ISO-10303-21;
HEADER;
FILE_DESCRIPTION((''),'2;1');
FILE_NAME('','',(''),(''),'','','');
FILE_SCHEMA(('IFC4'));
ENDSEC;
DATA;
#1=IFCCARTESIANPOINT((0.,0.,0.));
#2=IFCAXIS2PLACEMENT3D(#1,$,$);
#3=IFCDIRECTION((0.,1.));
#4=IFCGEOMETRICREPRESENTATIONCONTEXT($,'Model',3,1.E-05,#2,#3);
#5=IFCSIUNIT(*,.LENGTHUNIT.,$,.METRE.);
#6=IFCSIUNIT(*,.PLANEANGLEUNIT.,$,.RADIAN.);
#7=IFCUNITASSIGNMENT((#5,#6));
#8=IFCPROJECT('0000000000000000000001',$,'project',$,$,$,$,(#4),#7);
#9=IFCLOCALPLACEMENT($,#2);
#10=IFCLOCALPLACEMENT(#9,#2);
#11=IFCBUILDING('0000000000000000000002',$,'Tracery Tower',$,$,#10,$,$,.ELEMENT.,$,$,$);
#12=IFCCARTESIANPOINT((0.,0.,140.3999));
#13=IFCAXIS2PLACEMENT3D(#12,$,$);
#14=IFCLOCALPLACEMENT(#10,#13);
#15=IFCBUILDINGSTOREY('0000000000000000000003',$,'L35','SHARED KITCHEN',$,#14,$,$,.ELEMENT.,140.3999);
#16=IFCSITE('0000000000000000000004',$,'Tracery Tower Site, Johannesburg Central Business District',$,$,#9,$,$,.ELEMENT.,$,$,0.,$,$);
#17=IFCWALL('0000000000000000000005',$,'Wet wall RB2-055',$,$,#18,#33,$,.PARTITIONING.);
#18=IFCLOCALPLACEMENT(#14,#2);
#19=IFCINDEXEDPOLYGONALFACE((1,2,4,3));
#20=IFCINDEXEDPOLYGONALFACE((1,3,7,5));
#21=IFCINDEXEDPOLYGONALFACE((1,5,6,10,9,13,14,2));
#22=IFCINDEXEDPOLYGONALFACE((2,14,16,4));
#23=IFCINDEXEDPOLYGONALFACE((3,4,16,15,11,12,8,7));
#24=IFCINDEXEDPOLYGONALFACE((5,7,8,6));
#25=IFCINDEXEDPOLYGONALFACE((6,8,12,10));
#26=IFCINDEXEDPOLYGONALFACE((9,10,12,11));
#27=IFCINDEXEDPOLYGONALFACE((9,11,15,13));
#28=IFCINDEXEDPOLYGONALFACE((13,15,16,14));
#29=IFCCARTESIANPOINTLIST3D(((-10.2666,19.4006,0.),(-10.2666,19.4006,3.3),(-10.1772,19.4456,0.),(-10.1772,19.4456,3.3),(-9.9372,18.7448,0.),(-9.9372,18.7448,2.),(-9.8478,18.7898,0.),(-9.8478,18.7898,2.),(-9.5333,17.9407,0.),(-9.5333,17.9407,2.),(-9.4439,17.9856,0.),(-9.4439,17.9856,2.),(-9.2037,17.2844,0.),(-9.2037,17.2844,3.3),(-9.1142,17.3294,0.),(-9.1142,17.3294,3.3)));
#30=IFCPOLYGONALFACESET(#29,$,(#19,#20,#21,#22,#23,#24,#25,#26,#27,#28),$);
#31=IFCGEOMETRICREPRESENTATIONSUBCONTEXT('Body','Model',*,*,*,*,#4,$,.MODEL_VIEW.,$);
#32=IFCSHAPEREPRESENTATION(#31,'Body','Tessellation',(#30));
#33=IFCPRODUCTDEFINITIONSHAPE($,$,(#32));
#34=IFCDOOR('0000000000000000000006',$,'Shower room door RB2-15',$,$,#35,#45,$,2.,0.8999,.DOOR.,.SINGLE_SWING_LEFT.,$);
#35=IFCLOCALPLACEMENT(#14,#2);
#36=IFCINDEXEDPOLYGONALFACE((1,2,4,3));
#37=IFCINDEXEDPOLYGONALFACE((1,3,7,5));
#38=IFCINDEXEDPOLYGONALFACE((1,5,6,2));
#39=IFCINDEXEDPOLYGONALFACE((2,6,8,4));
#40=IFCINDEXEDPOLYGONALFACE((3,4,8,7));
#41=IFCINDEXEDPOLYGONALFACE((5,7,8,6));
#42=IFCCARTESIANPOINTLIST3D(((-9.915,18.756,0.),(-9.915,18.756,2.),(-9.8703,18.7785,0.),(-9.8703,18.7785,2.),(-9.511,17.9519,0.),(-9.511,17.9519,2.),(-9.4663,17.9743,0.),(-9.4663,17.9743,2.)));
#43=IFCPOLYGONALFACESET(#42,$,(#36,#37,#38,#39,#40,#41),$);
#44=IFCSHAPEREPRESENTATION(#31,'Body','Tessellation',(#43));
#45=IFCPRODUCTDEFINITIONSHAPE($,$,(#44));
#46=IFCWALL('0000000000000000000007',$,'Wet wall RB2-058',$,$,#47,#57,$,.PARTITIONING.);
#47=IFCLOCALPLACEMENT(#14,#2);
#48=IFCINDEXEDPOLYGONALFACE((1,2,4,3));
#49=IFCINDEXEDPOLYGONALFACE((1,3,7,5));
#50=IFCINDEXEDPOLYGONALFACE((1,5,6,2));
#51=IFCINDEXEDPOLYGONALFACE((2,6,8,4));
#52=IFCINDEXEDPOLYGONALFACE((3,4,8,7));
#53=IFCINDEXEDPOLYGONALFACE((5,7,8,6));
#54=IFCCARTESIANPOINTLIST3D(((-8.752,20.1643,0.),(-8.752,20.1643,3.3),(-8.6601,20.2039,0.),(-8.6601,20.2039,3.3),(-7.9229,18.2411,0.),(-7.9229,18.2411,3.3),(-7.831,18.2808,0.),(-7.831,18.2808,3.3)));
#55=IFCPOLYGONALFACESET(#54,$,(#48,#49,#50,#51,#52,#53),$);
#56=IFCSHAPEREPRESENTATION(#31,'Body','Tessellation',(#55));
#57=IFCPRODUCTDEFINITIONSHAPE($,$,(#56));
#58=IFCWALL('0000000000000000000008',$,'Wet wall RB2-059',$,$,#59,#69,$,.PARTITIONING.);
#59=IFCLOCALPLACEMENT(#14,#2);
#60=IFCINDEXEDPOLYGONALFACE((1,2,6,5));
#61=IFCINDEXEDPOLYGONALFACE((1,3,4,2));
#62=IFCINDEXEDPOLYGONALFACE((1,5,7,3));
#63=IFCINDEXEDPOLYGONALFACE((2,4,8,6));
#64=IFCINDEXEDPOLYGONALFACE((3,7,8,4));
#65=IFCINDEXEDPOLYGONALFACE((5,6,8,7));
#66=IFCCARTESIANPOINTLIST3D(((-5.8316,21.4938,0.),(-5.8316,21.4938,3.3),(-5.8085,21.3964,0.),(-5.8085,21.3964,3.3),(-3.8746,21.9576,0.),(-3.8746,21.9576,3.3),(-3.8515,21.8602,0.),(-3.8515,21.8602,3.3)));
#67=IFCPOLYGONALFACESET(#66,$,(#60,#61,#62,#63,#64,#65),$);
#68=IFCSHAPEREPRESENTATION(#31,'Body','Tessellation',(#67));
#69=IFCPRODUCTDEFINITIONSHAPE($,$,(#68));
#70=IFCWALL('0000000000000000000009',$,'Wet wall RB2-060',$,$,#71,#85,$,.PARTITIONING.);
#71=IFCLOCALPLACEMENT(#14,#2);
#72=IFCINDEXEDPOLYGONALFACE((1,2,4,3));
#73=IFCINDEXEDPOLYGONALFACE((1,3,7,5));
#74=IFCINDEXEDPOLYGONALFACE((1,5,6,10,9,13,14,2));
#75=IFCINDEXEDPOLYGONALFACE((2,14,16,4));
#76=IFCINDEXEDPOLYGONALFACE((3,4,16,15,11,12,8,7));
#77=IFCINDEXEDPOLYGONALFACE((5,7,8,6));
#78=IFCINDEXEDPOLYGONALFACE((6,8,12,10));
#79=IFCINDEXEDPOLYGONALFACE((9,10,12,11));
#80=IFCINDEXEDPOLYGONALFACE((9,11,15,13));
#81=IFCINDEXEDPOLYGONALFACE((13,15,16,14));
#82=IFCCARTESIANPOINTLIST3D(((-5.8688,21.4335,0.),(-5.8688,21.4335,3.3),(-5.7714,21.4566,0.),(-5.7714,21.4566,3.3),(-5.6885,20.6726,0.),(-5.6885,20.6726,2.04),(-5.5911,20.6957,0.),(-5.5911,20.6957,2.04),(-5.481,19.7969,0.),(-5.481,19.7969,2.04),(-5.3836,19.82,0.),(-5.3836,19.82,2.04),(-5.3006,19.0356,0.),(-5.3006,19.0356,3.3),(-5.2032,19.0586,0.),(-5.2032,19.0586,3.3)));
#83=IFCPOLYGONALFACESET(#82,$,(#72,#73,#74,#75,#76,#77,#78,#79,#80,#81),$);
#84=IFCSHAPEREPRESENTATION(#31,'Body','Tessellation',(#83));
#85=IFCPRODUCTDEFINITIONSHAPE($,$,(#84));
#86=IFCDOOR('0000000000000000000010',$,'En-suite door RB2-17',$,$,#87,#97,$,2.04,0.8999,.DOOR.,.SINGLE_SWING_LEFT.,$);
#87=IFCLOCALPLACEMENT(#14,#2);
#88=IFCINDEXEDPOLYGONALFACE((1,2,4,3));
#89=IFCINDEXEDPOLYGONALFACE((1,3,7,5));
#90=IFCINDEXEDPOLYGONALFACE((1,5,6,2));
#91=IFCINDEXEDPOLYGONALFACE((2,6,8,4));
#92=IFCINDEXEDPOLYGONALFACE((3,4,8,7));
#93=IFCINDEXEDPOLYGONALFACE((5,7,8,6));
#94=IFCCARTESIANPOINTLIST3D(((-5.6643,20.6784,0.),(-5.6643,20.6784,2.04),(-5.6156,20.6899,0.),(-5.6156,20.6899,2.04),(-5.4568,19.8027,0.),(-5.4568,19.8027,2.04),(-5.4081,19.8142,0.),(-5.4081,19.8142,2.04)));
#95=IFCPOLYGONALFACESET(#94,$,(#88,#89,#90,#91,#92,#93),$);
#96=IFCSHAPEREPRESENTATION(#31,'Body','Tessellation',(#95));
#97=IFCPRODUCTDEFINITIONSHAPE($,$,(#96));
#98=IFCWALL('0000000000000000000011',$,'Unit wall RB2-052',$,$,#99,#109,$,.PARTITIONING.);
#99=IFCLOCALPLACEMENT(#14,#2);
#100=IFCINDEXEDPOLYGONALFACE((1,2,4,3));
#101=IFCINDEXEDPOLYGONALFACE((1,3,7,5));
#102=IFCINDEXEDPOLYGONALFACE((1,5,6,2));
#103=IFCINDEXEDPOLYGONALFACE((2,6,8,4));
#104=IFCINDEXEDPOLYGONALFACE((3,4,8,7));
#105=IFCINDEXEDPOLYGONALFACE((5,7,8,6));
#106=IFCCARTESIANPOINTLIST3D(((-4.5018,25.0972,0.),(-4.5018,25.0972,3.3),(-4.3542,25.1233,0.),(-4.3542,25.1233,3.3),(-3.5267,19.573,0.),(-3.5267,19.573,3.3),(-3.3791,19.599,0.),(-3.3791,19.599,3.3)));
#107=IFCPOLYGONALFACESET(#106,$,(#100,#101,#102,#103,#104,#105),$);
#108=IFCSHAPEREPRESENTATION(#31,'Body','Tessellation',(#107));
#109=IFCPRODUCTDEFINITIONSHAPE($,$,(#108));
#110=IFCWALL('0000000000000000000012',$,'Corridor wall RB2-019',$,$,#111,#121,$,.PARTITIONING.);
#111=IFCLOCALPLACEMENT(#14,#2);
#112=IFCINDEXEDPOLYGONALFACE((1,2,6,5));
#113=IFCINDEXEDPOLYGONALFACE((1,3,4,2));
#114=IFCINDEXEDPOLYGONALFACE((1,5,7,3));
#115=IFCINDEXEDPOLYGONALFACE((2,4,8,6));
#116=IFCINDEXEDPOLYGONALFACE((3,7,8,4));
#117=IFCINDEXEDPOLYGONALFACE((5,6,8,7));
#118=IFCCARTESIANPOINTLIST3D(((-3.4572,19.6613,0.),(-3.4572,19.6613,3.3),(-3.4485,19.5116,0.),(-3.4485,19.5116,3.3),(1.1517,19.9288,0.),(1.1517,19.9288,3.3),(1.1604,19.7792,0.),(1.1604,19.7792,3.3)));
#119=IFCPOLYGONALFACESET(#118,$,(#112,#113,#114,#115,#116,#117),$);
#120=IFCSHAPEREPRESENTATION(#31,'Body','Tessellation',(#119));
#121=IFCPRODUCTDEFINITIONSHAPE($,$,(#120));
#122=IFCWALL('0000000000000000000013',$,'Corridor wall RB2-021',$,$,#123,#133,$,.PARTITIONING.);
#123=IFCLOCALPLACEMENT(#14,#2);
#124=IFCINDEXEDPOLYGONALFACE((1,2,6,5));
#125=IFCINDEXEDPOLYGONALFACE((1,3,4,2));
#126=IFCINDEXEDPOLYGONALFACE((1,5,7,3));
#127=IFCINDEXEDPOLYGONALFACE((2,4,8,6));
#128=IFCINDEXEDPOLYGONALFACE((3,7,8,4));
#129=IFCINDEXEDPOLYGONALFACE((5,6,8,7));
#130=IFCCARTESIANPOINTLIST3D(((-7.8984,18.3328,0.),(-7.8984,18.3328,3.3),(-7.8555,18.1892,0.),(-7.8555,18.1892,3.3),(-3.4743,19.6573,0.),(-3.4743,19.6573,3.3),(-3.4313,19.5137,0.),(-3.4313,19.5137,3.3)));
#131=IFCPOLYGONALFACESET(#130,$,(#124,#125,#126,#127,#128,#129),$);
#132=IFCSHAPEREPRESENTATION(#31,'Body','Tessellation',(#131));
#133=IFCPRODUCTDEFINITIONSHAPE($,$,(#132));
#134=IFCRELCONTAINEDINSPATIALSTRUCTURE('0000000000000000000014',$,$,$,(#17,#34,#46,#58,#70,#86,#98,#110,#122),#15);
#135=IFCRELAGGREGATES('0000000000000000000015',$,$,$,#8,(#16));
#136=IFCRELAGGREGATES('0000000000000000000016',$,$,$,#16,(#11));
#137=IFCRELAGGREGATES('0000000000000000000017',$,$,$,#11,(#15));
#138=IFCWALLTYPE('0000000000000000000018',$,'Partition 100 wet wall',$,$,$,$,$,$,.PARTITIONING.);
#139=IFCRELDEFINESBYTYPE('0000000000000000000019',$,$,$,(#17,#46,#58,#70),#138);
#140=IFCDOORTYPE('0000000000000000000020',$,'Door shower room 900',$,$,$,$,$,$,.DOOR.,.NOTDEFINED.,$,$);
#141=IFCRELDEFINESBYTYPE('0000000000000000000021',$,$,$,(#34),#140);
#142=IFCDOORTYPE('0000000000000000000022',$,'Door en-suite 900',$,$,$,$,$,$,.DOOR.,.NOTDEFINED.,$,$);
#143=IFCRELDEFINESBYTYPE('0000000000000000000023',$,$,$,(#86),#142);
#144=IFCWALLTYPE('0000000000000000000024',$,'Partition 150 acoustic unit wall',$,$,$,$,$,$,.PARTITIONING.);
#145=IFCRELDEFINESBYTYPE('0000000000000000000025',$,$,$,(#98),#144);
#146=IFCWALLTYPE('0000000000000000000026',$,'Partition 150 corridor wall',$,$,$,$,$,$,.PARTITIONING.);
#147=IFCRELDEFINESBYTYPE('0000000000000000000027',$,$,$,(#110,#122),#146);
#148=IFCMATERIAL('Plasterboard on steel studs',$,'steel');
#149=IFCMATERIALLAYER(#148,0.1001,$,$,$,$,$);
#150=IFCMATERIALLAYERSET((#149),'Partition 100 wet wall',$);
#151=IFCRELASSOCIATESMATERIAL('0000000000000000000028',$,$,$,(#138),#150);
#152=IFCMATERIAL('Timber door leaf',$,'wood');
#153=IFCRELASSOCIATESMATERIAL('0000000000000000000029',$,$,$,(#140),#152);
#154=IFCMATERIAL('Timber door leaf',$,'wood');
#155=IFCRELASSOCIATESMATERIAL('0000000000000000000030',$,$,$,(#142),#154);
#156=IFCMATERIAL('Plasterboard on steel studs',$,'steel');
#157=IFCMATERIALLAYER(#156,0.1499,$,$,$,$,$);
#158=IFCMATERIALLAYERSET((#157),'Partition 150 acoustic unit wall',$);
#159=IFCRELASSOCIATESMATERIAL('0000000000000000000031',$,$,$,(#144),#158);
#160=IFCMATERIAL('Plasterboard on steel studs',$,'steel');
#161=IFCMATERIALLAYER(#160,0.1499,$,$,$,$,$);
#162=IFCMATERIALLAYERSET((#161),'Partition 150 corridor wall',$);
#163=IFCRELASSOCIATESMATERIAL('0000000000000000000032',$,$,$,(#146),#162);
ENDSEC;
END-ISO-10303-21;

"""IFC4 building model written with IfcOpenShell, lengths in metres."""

from ifc_helpers import new_model, si_unit, direction, frame, frame_2d, origin, place, context, subcontext, project, spatial, rectangle, extrude, material, layer, layer_set, type_object, element, fill, save


model = new_model("IFC4")

# Units and contexts
model_context = context("Model", 3, precision=1e-05, world=origin(), true_north=direction((0.0, 1.0)))
body_context = subcontext(model_context, "Body", "Model", "MODEL_VIEW")
ifc_project = project(units=[si_unit("LENGTHUNIT", "METRE"), si_unit("PLANEANGLEUNIT", "RADIAN")], contexts=[model_context])

# Site, building, storey
site_placement = place(None, origin())
site = spatial("IfcSite", under=ifc_project, at=site_placement, Name="Tracery Tower Site, Johannesburg Central Business District", CompositionType="ELEMENT", RefElevation=0.0)
building_placement = place(site_placement, origin())
building = spatial("IfcBuilding", under=site, at=building_placement, Name="Tracery Tower", CompositionType="ELEMENT")
storey_placement = place(building_placement, frame((0.0, 0.0, 140.3999)))
storey = spatial("IfcBuildingStorey", under=building, at=storey_placement, Name="L35", Description="SHARED KITCHEN", CompositionType="ELEMENT", Elevation=140.3999)

# Shared definitions
ifc_material_1 = material(Name="Plasterboard on steel studs", Category="steel")
ifc_layer_1 = layer(ifc_material_1, 0.1001)
ifc_layer_set_1 = layer_set([ifc_layer_1], Name="Partition 100 wet wall")
wall_type_1 = type_object("IfcWallType", Name="Partition 100 wet wall", PredefinedType="PARTITIONING", material=ifc_layer_set_1)

# Wall, opening, door
wall_1_placement = place(storey_placement, frame((-10.2219, 19.4231, 0.0), z_axis=(0.0, 0.0, 1.0), x_axis=(0.448862, -0.893601, 0.0)))
wall_1 = element("IfcWall", 1, at=wall_1_placement, inside=storey, type_object=wall_type_1, Name="Wet wall RB2-055", PredefinedType="PARTITIONING", context=body_context, shape_type="SweptSolid", body=[
    extrude(rectangle(XDim=2.3682, YDim=0.1001, at=frame_2d((1.1841, 0.0))), origin(), (0.0, 0.0, 1.0), 3.3),
])
opening_1_placement = place(wall_1_placement, frame((0.7339, 0.0, 0.0)))
opening_1 = element("IfcOpeningElement", 2, at=opening_1_placement, cuts=wall_1, PredefinedType="OPENING", context=body_context, shape_type="SweptSolid", body=[
    extrude(rectangle(XDim=0.8999, YDim=2.0, at=frame_2d((0.45, 1.0))), frame((0.0, 0.05, 0.0), z_axis=(0.0, -1.0, 0.0), x_axis=(1.0, 0.0, 0.0)), (0.0, 0.0, 1.0), 0.1001),
])
ifc_material_2 = material(Name="Timber door leaf", Category="wood")
door_type_1 = type_object("IfcDoorType", Name="Door shower room 900", OperationType="NOTDEFINED", PredefinedType="DOOR", material=ifc_material_2)
door_1_placement = place(opening_1_placement, origin())
door_1 = element("IfcDoor", 3, at=door_1_placement, inside=storey, type_object=door_type_1, Name="Shower room door RB2-15", OperationType="SINGLE_SWING_LEFT", OverallHeight=2.0, OverallWidth=0.8999, PredefinedType="DOOR", context=body_context, shape_type="SweptSolid", body=[
    extrude(rectangle(XDim=0.8999, YDim=2.0, at=frame_2d((0.45, 1.0))), frame((0.0, 0.0249, 0.0), z_axis=(0.0, -1.0, 0.0), x_axis=(1.0, 0.0, 0.0)), (0.0, 0.0, 1.0), 0.05),
])
fill(opening_1, door_1)

# Walls
wall_2_placement = place(storey_placement, frame((-8.7061, 20.1841, 0.0), z_axis=(0.0, 0.0, 1.0), x_axis=(0.395902, -0.918293, 0.0)))
element("IfcWall", 4, at=wall_2_placement, inside=storey, type_object=wall_type_1, Name="Wet wall RB2-058", PredefinedType="PARTITIONING", context=body_context, shape_type="SweptSolid", body=[
    extrude(rectangle(XDim=2.0942, YDim=0.1001, at=frame_2d((1.0471, 0.0))), origin(), (0.0, 0.0, 1.0), 3.3),
])
wall_3_placement = place(storey_placement, frame((-5.8201, 21.4451, 0.0), z_axis=(0.0, 0.0, 1.0), x_axis=(0.97304, 0.230636, 0.0)))
element("IfcWall", 5, at=wall_3_placement, inside=storey, type_object=wall_type_1, Name="Wet wall RB2-059", PredefinedType="PARTITIONING", context=body_context, shape_type="SweptSolid", body=[
    extrude(rectangle(XDim=2.0112, YDim=0.1001, at=frame_2d((1.0056, 0.0))), origin(), (0.0, 0.0, 1.0), 3.3),
])

# Wall, opening, door
wall_4_placement = place(storey_placement, frame((-5.8201, 21.4451, 0.0), z_axis=(0.0, 0.0, 1.0), x_axis=(0.230536, -0.973064, 0.0)))
wall_4 = element("IfcWall", 6, at=wall_4_placement, inside=storey, type_object=wall_type_1, Name="Wet wall RB2-060", PredefinedType="PARTITIONING", context=body_context, shape_type="SweptSolid", body=[
    extrude(rectangle(XDim=2.4644, YDim=0.1001, at=frame_2d((1.2322, 0.0))), origin(), (0.0, 0.0, 1.0), 3.3),
])
opening_2_placement = place(wall_4_placement, frame((0.782, 0.0, 0.0)))
opening_2 = element("IfcOpeningElement", 7, at=opening_2_placement, cuts=wall_4, PredefinedType="OPENING", context=body_context, shape_type="SweptSolid", body=[
    extrude(rectangle(XDim=0.8999, YDim=2.04, at=frame_2d((0.45, 1.02))), frame((0.0, 0.05, 0.0), z_axis=(0.0, -1.0, 0.0), x_axis=(1.0, 0.0, 0.0)), (0.0, 0.0, 1.0), 0.1001),
])
ifc_material_3 = material(Name="Timber door leaf", Category="wood")
door_type_2 = type_object("IfcDoorType", Name="Door en-suite 900", OperationType="NOTDEFINED", PredefinedType="DOOR", material=ifc_material_3)
door_2_placement = place(opening_2_placement, origin())
door_2 = element("IfcDoor", 8, at=door_2_placement, inside=storey, type_object=door_type_2, Name="En-suite door RB2-17", OperationType="SINGLE_SWING_LEFT", OverallHeight=2.04, OverallWidth=0.8999, PredefinedType="DOOR", context=body_context, shape_type="SweptSolid", body=[
    extrude(rectangle(XDim=0.8999, YDim=2.04, at=frame_2d((0.45, 1.02))), frame((0.0, 0.0249, 0.0), z_axis=(0.0, -1.0, 0.0), x_axis=(1.0, 0.0, 0.0)), (0.0, 0.0, 1.0), 0.05),
])
fill(opening_2, door_2)

# Walls
ifc_material_4 = material(Name="Plasterboard on steel studs", Category="steel")
ifc_layer_2 = layer(ifc_material_4, 0.1499)
ifc_layer_set_2 = layer_set([ifc_layer_2], Name="Partition 150 acoustic unit wall")
wall_type_2 = type_object("IfcWallType", Name="Partition 150 acoustic unit wall", PredefinedType="PARTITIONING", material=ifc_layer_set_2)
wall_5_placement = place(storey_placement, frame((-4.428, 25.1101, 0.0), z_axis=(0.0, 0.0, 1.0), x_axis=(0.173828, -0.984776, 0.0)))
element("IfcWall", 9, at=wall_5_placement, inside=storey, type_object=wall_type_2, Name="Unit wall RB2-052", PredefinedType="PARTITIONING", context=body_context, shape_type="SweptSolid", body=[
    extrude(rectangle(XDim=5.6096, YDim=0.1499, at=frame_2d((2.8047, 0.0))), origin(), (0.0, 0.0, 1.0), 3.3),
])
ifc_material_5 = material(Name="Plasterboard on steel studs", Category="steel")
ifc_layer_3 = layer(ifc_material_5, 0.1499)
ifc_layer_set_3 = layer_set([ifc_layer_3], Name="Partition 150 corridor wall")
wall_type_3 = type_object("IfcWallType", Name="Partition 150 corridor wall", PredefinedType="PARTITIONING", material=ifc_layer_set_3)
wall_6_placement = place(storey_placement, frame((-3.4529, 19.5864, 0.0), z_axis=(0.0, 0.0, 1.0), x_axis=(0.998319, 0.057959, 0.0)))
element("IfcWall", 10, at=wall_6_placement, inside=storey, type_object=wall_type_3, Name="Corridor wall RB2-019", PredefinedType="PARTITIONING", context=body_context, shape_type="SweptSolid", body=[
    extrude(rectangle(XDim=4.6167, YDim=0.1499, at=frame_2d((2.3083, 0.0))), origin(), (0.0, 0.0, 1.0), 3.3),
])
wall_7_placement = place(storey_placement, frame((-7.877, 18.261, 0.0), z_axis=(0.0, 0.0, 1.0), x_axis=(0.957991, 0.2868, 0.0)))
element("IfcWall", 11, at=wall_7_placement, inside=storey, type_object=wall_type_3, Name="Corridor wall RB2-021", PredefinedType="PARTITIONING", context=body_context, shape_type="SweptSolid", body=[
    extrude(rectangle(XDim=4.6182, YDim=0.1499, at=frame_2d((2.3091, 0.0))), origin(), (0.0, 0.0, 1.0), 3.3),
])

save(model, "model.ifc")
